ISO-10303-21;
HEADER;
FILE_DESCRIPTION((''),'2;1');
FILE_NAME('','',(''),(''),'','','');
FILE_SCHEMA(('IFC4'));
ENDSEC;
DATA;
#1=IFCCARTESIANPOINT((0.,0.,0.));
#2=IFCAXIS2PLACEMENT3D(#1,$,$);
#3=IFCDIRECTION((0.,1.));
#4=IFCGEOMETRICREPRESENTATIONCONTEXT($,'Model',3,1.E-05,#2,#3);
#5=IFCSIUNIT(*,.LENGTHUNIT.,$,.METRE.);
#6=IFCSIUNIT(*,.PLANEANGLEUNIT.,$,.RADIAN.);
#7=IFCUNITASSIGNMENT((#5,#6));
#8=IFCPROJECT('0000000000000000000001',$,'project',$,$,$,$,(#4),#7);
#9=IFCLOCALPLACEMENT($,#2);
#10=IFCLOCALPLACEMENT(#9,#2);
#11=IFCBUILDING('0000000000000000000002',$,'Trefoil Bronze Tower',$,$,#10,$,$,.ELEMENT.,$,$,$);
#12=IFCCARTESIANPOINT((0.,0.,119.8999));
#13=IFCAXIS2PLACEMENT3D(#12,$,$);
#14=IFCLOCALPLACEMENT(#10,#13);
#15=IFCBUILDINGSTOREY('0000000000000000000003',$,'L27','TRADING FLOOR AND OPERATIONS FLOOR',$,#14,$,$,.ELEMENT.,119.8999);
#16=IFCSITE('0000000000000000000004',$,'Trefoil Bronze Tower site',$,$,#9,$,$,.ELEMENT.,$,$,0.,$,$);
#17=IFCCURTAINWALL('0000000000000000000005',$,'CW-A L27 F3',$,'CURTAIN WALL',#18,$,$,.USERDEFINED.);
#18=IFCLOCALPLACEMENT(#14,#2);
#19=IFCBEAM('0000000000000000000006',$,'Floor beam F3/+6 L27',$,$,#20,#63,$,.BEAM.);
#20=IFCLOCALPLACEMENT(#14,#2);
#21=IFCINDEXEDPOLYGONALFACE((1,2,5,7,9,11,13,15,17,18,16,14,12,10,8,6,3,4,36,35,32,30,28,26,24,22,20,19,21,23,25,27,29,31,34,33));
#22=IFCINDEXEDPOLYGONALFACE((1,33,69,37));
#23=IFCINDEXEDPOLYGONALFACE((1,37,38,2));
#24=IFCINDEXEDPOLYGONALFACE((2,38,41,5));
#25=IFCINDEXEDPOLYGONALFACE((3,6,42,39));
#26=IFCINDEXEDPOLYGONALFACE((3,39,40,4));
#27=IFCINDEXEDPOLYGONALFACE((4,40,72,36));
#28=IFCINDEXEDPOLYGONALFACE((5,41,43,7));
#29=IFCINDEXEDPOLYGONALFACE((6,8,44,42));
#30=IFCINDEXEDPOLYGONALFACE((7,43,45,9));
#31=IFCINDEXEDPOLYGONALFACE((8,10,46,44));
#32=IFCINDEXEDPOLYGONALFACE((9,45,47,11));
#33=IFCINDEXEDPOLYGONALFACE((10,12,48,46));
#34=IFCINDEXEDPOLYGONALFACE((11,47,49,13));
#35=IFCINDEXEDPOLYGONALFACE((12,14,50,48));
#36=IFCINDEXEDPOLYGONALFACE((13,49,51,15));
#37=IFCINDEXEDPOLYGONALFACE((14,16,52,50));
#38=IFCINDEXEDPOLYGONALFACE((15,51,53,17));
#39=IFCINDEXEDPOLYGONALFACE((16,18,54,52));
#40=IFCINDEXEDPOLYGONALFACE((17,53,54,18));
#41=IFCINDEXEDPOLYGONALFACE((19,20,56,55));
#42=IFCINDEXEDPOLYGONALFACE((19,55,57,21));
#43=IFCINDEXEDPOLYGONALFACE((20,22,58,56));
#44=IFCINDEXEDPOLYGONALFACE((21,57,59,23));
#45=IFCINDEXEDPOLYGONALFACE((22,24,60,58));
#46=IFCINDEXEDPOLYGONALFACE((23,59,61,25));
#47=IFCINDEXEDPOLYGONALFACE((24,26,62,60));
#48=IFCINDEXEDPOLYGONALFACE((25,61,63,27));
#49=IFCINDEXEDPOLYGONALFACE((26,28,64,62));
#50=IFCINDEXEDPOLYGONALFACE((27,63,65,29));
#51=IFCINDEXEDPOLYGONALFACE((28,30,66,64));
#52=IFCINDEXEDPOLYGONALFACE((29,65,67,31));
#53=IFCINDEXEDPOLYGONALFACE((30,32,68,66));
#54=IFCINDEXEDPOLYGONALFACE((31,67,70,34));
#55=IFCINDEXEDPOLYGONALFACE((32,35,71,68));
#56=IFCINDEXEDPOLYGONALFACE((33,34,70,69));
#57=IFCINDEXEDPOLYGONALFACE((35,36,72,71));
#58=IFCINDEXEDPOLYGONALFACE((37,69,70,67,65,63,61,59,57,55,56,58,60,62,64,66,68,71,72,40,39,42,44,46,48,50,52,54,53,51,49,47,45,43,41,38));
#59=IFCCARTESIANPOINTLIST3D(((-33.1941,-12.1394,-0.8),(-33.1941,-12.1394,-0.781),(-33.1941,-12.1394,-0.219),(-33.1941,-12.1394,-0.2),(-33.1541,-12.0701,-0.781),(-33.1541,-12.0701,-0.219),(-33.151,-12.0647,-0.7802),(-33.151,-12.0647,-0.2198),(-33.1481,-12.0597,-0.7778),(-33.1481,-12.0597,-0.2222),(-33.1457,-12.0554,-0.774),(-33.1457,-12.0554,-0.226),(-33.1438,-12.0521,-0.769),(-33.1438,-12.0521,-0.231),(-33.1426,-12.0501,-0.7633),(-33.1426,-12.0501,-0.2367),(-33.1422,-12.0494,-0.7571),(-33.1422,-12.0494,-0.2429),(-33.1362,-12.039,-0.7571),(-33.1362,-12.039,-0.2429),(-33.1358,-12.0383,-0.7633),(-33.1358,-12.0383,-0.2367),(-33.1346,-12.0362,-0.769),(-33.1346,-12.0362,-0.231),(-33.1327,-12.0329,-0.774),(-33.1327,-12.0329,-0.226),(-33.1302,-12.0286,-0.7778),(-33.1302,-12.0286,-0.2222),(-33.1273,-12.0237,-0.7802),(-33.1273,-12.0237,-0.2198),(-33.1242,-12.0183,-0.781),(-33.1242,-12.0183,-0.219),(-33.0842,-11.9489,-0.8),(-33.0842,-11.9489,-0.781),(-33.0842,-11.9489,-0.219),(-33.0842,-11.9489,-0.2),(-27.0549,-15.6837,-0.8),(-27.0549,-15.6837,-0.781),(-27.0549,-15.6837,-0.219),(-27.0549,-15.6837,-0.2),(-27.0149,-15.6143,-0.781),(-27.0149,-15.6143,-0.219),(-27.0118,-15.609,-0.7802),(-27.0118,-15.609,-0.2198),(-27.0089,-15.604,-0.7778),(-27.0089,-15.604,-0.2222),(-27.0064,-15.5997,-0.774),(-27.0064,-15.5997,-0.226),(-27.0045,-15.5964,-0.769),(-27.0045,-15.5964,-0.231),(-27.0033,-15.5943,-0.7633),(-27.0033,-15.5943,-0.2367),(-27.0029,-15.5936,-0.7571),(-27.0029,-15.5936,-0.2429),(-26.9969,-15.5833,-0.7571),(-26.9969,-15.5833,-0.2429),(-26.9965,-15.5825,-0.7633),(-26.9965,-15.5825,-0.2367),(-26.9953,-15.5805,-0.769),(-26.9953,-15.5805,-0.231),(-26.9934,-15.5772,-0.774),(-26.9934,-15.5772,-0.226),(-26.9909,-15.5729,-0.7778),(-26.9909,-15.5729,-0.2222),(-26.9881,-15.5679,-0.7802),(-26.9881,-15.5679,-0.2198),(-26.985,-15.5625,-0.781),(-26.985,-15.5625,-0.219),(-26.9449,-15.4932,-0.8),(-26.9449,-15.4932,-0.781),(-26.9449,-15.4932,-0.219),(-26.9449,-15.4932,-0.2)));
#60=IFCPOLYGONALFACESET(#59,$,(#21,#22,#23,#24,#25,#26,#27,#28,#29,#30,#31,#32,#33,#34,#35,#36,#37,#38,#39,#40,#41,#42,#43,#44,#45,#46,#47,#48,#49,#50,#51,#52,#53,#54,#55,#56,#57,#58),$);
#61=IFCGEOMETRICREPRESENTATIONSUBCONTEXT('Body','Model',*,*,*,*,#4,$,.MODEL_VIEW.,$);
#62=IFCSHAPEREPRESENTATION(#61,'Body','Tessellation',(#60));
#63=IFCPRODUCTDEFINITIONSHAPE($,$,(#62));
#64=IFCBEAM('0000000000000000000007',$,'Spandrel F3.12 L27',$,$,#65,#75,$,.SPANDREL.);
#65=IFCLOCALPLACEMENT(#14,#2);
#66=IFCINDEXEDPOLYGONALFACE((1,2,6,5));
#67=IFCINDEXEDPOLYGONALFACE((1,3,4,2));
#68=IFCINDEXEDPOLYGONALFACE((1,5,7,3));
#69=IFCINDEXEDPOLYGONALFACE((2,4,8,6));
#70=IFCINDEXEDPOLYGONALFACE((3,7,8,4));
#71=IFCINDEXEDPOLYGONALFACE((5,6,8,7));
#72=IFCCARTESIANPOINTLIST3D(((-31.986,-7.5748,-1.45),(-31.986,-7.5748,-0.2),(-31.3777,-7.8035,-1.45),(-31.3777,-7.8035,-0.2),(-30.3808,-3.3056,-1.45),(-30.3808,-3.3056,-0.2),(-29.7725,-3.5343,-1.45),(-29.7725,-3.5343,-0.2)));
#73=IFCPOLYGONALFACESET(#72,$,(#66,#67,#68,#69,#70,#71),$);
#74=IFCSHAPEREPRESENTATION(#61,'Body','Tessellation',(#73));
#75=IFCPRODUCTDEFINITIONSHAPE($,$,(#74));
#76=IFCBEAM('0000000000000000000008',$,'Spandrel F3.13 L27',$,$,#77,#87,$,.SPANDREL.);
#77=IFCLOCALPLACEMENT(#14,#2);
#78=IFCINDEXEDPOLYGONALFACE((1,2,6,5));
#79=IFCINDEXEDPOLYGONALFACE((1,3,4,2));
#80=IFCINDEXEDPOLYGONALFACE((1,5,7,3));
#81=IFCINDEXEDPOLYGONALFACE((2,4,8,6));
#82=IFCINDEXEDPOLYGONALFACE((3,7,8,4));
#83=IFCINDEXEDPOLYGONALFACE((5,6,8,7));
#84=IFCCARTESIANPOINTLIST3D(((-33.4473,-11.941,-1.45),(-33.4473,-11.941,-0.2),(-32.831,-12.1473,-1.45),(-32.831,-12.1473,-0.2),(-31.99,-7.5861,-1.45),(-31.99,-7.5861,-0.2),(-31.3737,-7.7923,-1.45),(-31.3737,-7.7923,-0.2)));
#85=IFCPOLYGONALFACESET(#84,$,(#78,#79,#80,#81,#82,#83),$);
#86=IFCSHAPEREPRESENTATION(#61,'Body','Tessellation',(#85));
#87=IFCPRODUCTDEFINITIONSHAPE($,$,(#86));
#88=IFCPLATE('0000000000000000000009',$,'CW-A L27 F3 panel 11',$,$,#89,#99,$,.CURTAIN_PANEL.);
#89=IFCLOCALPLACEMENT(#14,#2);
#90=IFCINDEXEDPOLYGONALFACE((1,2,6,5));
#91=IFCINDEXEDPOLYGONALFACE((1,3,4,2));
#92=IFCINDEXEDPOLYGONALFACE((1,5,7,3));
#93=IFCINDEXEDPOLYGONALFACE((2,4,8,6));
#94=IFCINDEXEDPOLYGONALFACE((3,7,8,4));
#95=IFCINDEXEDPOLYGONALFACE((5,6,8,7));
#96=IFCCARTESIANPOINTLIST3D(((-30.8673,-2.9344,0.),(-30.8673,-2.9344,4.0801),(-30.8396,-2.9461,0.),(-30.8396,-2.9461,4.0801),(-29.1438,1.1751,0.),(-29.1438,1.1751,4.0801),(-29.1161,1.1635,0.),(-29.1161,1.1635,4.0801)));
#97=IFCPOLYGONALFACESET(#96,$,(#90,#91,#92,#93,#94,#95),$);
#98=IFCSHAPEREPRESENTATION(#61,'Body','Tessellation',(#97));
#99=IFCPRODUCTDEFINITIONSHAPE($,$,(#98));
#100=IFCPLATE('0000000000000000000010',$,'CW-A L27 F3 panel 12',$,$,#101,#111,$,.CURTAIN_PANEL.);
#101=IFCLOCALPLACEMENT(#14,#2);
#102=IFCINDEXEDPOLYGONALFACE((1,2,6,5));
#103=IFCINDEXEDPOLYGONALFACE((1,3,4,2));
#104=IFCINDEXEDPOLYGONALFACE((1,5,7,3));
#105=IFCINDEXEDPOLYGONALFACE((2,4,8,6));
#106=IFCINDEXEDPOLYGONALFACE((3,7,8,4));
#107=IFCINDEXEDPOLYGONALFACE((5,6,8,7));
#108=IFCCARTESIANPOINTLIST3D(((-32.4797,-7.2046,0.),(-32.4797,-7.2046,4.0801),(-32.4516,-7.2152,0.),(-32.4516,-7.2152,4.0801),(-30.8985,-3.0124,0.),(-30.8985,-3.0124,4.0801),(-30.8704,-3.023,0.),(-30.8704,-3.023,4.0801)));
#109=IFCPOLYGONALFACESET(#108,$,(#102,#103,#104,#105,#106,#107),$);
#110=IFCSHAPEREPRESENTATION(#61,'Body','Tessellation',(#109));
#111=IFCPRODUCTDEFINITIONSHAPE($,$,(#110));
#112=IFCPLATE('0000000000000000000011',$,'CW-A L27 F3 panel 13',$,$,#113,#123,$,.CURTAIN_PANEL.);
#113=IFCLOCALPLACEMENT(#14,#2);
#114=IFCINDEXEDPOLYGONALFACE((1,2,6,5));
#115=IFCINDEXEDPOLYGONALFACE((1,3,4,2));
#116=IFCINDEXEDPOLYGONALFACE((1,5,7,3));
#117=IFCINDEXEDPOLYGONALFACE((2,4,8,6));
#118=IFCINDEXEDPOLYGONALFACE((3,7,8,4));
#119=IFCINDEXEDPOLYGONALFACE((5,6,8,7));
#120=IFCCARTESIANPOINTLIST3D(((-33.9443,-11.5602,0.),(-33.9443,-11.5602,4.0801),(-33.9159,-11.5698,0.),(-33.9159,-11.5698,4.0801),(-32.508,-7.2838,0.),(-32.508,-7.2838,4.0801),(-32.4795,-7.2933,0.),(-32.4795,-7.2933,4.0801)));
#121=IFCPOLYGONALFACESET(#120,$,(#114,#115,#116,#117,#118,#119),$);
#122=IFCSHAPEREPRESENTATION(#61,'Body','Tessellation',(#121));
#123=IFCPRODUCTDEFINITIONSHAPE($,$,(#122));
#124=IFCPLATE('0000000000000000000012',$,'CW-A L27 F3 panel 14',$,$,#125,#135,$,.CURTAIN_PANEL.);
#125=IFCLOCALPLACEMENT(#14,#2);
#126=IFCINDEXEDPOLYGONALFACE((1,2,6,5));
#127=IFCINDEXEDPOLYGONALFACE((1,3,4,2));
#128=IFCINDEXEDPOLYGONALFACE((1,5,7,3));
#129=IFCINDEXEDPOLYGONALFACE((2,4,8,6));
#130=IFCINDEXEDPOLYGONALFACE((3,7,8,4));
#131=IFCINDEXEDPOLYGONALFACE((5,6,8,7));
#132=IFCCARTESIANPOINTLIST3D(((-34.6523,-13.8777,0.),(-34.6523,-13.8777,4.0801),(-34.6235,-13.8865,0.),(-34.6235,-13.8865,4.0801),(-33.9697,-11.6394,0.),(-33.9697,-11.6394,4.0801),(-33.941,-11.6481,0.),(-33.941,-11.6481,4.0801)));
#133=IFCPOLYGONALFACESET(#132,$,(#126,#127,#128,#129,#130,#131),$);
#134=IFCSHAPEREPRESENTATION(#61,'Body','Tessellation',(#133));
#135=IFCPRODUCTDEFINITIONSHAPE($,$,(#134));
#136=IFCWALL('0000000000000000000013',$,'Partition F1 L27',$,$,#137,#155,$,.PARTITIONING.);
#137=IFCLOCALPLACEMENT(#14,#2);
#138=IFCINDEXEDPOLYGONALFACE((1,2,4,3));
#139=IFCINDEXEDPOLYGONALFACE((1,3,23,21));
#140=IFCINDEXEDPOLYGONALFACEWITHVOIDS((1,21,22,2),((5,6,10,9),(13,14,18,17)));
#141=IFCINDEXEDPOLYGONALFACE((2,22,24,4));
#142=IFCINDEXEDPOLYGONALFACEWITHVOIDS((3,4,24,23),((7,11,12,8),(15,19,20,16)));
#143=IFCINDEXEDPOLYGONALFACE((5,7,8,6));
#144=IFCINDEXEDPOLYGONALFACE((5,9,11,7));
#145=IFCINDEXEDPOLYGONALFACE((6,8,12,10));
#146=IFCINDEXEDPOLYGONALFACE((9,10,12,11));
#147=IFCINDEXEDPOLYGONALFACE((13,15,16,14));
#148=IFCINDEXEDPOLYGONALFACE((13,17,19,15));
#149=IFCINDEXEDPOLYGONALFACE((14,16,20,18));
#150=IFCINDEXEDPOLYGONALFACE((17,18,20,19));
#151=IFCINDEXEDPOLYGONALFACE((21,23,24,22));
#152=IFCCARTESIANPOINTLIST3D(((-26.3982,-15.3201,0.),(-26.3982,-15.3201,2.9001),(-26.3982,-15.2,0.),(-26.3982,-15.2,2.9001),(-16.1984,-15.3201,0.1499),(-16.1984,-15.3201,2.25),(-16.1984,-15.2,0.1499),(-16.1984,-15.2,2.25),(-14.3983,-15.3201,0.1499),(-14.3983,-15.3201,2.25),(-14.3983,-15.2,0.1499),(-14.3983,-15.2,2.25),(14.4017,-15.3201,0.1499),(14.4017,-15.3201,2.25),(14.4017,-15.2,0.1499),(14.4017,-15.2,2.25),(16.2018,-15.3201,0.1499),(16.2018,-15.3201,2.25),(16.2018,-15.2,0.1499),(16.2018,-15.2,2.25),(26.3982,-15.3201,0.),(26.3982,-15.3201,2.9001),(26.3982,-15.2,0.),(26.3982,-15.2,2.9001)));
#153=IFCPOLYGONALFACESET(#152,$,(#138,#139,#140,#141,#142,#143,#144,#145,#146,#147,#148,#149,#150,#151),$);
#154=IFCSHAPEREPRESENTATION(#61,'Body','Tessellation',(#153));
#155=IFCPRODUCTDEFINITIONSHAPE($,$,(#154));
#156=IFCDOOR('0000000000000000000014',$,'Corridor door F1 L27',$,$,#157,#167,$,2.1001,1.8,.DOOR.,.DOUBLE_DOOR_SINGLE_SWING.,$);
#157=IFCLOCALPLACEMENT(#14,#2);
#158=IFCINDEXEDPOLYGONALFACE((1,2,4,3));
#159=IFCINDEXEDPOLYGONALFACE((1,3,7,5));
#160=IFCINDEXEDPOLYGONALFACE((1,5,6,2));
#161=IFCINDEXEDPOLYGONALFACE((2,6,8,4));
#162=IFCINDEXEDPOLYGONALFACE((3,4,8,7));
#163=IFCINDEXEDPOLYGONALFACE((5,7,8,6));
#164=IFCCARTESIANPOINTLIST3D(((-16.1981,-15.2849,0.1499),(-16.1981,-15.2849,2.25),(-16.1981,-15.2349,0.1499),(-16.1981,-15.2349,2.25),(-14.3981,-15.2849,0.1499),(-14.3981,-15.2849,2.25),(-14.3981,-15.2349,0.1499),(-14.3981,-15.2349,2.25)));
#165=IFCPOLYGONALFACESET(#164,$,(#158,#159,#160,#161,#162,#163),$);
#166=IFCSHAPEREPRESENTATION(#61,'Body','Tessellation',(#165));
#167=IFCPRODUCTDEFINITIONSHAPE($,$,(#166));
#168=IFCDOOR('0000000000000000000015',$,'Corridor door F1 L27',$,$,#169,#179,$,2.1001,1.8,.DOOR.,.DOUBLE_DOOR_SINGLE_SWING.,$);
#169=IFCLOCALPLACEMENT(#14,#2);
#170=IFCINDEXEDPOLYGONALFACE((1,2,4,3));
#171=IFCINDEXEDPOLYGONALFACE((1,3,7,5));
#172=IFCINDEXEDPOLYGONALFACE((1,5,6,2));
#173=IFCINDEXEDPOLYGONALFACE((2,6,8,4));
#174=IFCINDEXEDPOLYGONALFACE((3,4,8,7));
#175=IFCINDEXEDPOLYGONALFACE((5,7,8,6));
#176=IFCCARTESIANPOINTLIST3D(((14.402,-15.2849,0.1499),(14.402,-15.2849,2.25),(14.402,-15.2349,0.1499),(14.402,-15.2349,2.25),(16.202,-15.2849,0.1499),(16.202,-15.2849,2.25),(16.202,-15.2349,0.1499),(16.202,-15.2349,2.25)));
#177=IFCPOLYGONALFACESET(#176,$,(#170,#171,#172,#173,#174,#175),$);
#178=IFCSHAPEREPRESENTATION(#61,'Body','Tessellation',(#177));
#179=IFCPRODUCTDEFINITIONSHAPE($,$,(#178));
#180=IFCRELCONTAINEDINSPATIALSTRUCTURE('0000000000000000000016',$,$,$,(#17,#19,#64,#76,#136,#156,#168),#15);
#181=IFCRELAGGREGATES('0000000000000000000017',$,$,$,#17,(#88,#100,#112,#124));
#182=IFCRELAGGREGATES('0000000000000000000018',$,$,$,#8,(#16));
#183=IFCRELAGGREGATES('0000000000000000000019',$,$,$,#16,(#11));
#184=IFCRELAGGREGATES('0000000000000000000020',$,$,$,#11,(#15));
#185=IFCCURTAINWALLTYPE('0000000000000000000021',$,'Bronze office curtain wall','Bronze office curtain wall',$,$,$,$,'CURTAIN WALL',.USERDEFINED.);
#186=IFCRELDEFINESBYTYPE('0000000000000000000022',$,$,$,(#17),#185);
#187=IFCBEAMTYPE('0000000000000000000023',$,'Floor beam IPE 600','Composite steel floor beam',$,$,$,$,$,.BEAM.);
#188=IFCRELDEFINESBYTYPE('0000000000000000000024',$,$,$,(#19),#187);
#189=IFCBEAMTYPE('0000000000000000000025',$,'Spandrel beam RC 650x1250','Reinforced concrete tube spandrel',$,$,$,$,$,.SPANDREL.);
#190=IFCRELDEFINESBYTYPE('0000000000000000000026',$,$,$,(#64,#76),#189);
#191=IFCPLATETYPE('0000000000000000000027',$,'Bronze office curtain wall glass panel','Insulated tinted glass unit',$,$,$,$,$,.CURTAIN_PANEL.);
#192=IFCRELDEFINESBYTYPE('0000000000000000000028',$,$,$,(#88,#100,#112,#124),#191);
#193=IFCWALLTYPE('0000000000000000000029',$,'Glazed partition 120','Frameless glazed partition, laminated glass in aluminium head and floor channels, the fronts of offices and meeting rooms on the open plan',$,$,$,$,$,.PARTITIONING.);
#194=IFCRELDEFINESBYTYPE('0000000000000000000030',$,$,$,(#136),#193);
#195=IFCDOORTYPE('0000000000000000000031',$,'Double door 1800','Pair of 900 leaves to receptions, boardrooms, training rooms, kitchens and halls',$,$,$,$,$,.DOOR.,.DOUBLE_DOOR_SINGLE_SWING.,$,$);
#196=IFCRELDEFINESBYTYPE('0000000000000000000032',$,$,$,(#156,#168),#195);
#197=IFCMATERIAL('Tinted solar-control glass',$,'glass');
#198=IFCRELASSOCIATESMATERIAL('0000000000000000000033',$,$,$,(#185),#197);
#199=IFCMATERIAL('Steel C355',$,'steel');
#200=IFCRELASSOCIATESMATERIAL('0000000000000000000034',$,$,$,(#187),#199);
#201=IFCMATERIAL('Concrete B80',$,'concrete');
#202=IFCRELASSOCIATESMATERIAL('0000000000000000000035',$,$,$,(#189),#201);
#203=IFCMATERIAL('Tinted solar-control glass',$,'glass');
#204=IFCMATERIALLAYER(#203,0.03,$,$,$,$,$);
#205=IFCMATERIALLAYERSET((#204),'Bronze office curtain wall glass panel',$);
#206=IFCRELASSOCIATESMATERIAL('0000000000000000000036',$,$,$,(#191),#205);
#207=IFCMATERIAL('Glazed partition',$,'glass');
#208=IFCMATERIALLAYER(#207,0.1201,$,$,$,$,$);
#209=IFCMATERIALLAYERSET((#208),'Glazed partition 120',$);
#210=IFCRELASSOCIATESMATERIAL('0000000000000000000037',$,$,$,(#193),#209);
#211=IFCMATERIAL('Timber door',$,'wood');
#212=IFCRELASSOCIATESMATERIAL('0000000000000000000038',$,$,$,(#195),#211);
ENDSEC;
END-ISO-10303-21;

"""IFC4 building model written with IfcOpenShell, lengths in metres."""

from ifc_helpers import new_model, si_unit, direction, frame, frame_2d, origin, origin_2d, place, context, subcontext, project, spatial, rectangle, i_section, extrude, material, layer, layer_set, material_profile, profile_set, type_object, element, fill, aggregate, save


model = new_model("IFC4")

# Units and contexts
model_context = context("Model", 3, precision=1e-05, world=origin(), true_north=direction((0.0, 1.0)))
body_context = subcontext(model_context, "Body", "Model", "MODEL_VIEW")
ifc_project = project(units=[si_unit("LENGTHUNIT", "METRE"), si_unit("PLANEANGLEUNIT", "RADIAN")], contexts=[model_context])

# Site, building, storey
site_placement = place(None, origin())
site = spatial("IfcSite", under=ifc_project, at=site_placement, Name="Trefoil Bronze Tower site", CompositionType="ELEMENT", RefElevation=0.0)
building_placement = place(site_placement, origin())
building = spatial("IfcBuilding", under=site, at=building_placement, Name="Trefoil Bronze Tower", CompositionType="ELEMENT")
storey_placement = place(building_placement, frame((0.0, 0.0, 119.8999)))
storey = spatial("IfcBuildingStorey", under=building, at=storey_placement, Name="L27", Description="TRADING FLOOR AND OPERATIONS FLOOR", CompositionType="ELEMENT", Elevation=119.8999)

# Curtain wall
ifc_material_1 = material(Name="Tinted solar-control glass", Category="glass")
curtain_wall_type_1 = type_object("IfcCurtainWallType", Name="Bronze office curtain wall", Description="Bronze office curtain wall", ElementType="CURTAIN WALL", PredefinedType="USERDEFINED", material=ifc_material_1)
curtain_wall_1_placement = place(storey_placement, origin())
curtain_wall_1 = element("IfcCurtainWall", 1, at=curtain_wall_1_placement, inside=storey, type_object=curtain_wall_type_1, Name="CW-A L27 F3", ObjectType="CURTAIN WALL", PredefinedType="USERDEFINED")

# Beams
ifc_material_2 = material(Name="Steel C355", Category="steel")
ifc_material_profile_1 = material_profile(ifc_material_2, i_section(OverallWidth=0.22, OverallDepth=0.6001, WebThickness=0.012, FlangeThickness=0.019, FilletRadius=0.0239, at=origin_2d()), Name="IPE 600")
ifc_profile_set_1 = profile_set([ifc_material_profile_1], Name="Steel C355")
beam_type_1 = type_object("IfcBeamType", Name="Floor beam IPE 600", Description="Composite steel floor beam", PredefinedType="BEAM", material=ifc_profile_set_1)
beam_1_placement = place(storey_placement, frame((-33.1392, -12.0442, -0.5), z_axis=(0.866041, -0.499973, 0.0), x_axis=(0.499973, 0.866041, 0.0)))
element("IfcBeam", 2, at=beam_1_placement, inside=storey, type_object=beam_type_1, Name="Floor beam F3/+6 L27", PredefinedType="BEAM", context=body_context, shape_type="SweptSolid", body=[
    extrude(i_section(OverallWidth=0.22, OverallDepth=0.6001, WebThickness=0.012, FlangeThickness=0.019, FilletRadius=0.0239, at=origin_2d()), origin(), (0.0, 0.0, 1.0), 7.0889),
])
ifc_material_3 = material(Name="Concrete B80", Category="concrete")
ifc_material_profile_2 = material_profile(ifc_material_3, rectangle(XDim=0.6499, YDim=1.25, at=origin_2d()), Name="RC 650x1250")
ifc_profile_set_2 = profile_set([ifc_material_profile_2], Name="Concrete B80")
beam_type_2 = type_object("IfcBeamType", Name="Spandrel beam RC 650x1250", Description="Reinforced concrete tube spandrel", PredefinedType="SPANDREL", material=ifc_profile_set_2)
beam_2_placement = place(storey_placement, frame((-30.0767, -3.4199, -0.825), z_axis=(-0.351939, -0.936023, 0.0), x_axis=(0.936023, -0.351939, 0.0)))
element("IfcBeam", 3, at=beam_2_placement, inside=storey, type_object=beam_type_2, Name="Spandrel F3.12 L27", PredefinedType="SPANDREL", context=body_context, shape_type="SweptSolid", body=[
    extrude(rectangle(XDim=0.6499, YDim=1.25, at=origin_2d()), origin(), (0.0, 0.0, 1.0), 4.561),
])
beam_3_placement = place(storey_placement, frame((-31.6819, -7.6892, -0.825), z_axis=(-0.317328, -0.948316, 0.0), x_axis=(0.948316, -0.317328, 0.0)))
element("IfcBeam", 4, at=beam_3_placement, inside=storey, type_object=beam_type_2, Name="Spandrel F3.13 L27", PredefinedType="SPANDREL", context=body_context, shape_type="SweptSolid", body=[
    extrude(rectangle(XDim=0.6499, YDim=1.25, at=origin_2d()), origin(), (0.0, 0.0, 1.0), 4.5923),
])

# Plates
ifc_material_4 = material(Name="Tinted solar-control glass", Category="glass")
ifc_layer_1 = layer(ifc_material_4, 0.03)
ifc_layer_set_1 = layer_set([ifc_layer_1], Name="Bronze office curtain wall glass panel")
plate_type = type_object("IfcPlateType", Name="Bronze office curtain wall glass panel", Description="Insulated tinted glass unit", PredefinedType="CURTAIN_PANEL", material=ifc_layer_set_1)
plate_1_placement = place(storey_placement, frame((-29.9917, -0.8855, 0.0), z_axis=(0.0, 0.0, 1.0), x_axis=(-0.386759, -0.922181, 0.0)))
plate_1 = element("IfcPlate", 5, at=plate_1_placement, type_object=plate_type, Name="CW-A L27 F3 panel 11", PredefinedType="CURTAIN_PANEL", context=body_context, shape_type="SweptSolid", body=[
    extrude(rectangle(XDim=4.4563, YDim=0.03, at=origin_2d()), origin(), (0.0, 0.0, 1.0), 4.0801),
])
plate_2_placement = place(storey_placement, frame((-31.675, -5.1138, 0.0), z_axis=(0.0, 0.0, 1.0), x_axis=(-0.35292, -0.935654, 0.0)))
plate_2 = element("IfcPlate", 6, at=plate_2_placement, type_object=plate_type, Name="CW-A L27 F3 panel 12", PredefinedType="CURTAIN_PANEL", context=body_context, shape_type="SweptSolid", body=[
    extrude(rectangle(XDim=4.4805, YDim=0.03, at=origin_2d()), origin(), (0.0, 0.0, 1.0), 4.0801),
])
plate_3_placement = place(storey_placement, frame((-33.2119, -9.4268, 0.0), z_axis=(0.0, 0.0, 1.0), x_axis=(-0.318404, -0.947955, 0.0)))
plate_3 = element("IfcPlate", 7, at=plate_3_placement, type_object=plate_type, Name="CW-A L27 F3 panel 13", PredefinedType="CURTAIN_PANEL", context=body_context, shape_type="SweptSolid", body=[
    extrude(rectangle(XDim=4.5112, YDim=0.03, at=origin_2d()), origin(), (0.0, 0.0, 1.0), 4.0801),
])
plate_4_placement = place(storey_placement, frame((-34.2966, -12.7629, 0.0), z_axis=(0.0, 0.0, 1.0), x_axis=(-0.291669, -0.956519, 0.0)))
plate_4 = element("IfcPlate", 8, at=plate_4_placement, type_object=plate_type, Name="CW-A L27 F3 panel 14", PredefinedType="CURTAIN_PANEL", context=body_context, shape_type="SweptSolid", body=[
    extrude(rectangle(XDim=2.3401, YDim=0.03, at=origin_2d()), origin(), (0.0, 0.0, 1.0), 4.0801),
])
aggregate(curtain_wall_1, [plate_1, plate_2, plate_3, plate_4])

# Wall, openings, doors
ifc_material_5 = material(Name="Glazed partition", Category="glass")
ifc_layer_2 = layer(ifc_material_5, 0.1201)
ifc_layer_set_2 = layer_set([ifc_layer_2], Name="Glazed partition 120")
wall_type = type_object("IfcWallType", Name="Glazed partition 120", Description="Frameless glazed partition, laminated glass in aluminium head and floor channels, the fronts of offices and meeting rooms on the open plan", PredefinedType="PARTITIONING", material=ifc_layer_set_2)
wall_1_placement = place(storey_placement, frame((-26.3982, -15.26, 0.0), z_axis=(0.0, 0.0, 1.0), x_axis=(1.0, 0.0, 0.0)))
wall_1 = element("IfcWall", 9, at=wall_1_placement, inside=storey, type_object=wall_type, Name="Partition F1 L27", PredefinedType="PARTITIONING", context=body_context, shape_type="SweptSolid", body=[
    extrude(rectangle(XDim=52.7964, YDim=0.1201, at=frame_2d((26.3982, 0.0))), origin(), (0.0, 0.0, 1.0), 2.9001),
])
opening_1_placement = place(wall_1_placement, frame((10.2, 0.0, 0.1499)))
opening_1 = element("IfcOpeningElement", 10, at=opening_1_placement, cuts=wall_1, PredefinedType="OPENING", context=body_context, shape_type="SweptSolid", body=[
    extrude(rectangle(XDim=1.8, YDim=2.1001, at=frame_2d((0.8999, 1.05))), frame((0.0, 0.0701, 0.0), z_axis=(0.0, -1.0, 0.0), x_axis=(1.0, 0.0, 0.0)), (0.0, 0.0, 1.0), 0.1401),
])
opening_2_placement = place(wall_1_placement, frame((40.8, 0.0, 0.1499)))
opening_2 = element("IfcOpeningElement", 11, at=opening_2_placement, cuts=wall_1, PredefinedType="OPENING", context=body_context, shape_type="SweptSolid", body=[
    extrude(rectangle(XDim=1.8, YDim=2.1001, at=frame_2d((0.8999, 1.05))), frame((0.0, 0.0701, 0.0), z_axis=(0.0, -1.0, 0.0), x_axis=(1.0, 0.0, 0.0)), (0.0, 0.0, 1.0), 0.1401),
])
ifc_material_6 = material(Name="Timber door", Category="wood")
door_type_1 = type_object("IfcDoorType", Name="Double door 1800", Description="Pair of 900 leaves to receptions, boardrooms, training rooms, kitchens and halls", OperationType="DOUBLE_DOOR_SINGLE_SWING", PredefinedType="DOOR", material=ifc_material_6)
door_1_placement = place(opening_1_placement, frame((1.8, 0.0, 0.0), z_axis=(0.0, 0.0, 1.0), x_axis=(-1.0, 0.0, 0.0)))
door_1 = element("IfcDoor", 12, at=door_1_placement, inside=storey, type_object=door_type_1, Name="Corridor door F1 L27", OperationType="DOUBLE_DOOR_SINGLE_SWING", OverallHeight=2.1001, OverallWidth=1.8, PredefinedType="DOOR", context=body_context, shape_type="SweptSolid", body=[
    extrude(rectangle(XDim=1.8, YDim=2.1001, at=frame_2d((0.8999, 1.05))), frame((0.0, 0.0249, 0.0), z_axis=(0.0, -1.0, 0.0), x_axis=(1.0, 0.0, 0.0)), (0.0, 0.0, 1.0), 0.05),
])
fill(opening_1, door_1)
door_2_placement = place(opening_2_placement, frame((1.8, 0.0, 0.0), z_axis=(0.0, 0.0, 1.0), x_axis=(-1.0, 0.0, 0.0)))
door_2 = element("IfcDoor", 13, at=door_2_placement, inside=storey, type_object=door_type_1, Name="Corridor door F1 L27", OperationType="DOUBLE_DOOR_SINGLE_SWING", OverallHeight=2.1001, OverallWidth=1.8, PredefinedType="DOOR", context=body_context, shape_type="SweptSolid", body=[
    extrude(rectangle(XDim=1.8, YDim=2.1001, at=frame_2d((0.8999, 1.05))), frame((0.0, 0.0249, 0.0), z_axis=(0.0, -1.0, 0.0), x_axis=(1.0, 0.0, 0.0)), (0.0, 0.0, 1.0), 0.05),
])
fill(opening_2, door_2)

save(model, "model.ifc")
